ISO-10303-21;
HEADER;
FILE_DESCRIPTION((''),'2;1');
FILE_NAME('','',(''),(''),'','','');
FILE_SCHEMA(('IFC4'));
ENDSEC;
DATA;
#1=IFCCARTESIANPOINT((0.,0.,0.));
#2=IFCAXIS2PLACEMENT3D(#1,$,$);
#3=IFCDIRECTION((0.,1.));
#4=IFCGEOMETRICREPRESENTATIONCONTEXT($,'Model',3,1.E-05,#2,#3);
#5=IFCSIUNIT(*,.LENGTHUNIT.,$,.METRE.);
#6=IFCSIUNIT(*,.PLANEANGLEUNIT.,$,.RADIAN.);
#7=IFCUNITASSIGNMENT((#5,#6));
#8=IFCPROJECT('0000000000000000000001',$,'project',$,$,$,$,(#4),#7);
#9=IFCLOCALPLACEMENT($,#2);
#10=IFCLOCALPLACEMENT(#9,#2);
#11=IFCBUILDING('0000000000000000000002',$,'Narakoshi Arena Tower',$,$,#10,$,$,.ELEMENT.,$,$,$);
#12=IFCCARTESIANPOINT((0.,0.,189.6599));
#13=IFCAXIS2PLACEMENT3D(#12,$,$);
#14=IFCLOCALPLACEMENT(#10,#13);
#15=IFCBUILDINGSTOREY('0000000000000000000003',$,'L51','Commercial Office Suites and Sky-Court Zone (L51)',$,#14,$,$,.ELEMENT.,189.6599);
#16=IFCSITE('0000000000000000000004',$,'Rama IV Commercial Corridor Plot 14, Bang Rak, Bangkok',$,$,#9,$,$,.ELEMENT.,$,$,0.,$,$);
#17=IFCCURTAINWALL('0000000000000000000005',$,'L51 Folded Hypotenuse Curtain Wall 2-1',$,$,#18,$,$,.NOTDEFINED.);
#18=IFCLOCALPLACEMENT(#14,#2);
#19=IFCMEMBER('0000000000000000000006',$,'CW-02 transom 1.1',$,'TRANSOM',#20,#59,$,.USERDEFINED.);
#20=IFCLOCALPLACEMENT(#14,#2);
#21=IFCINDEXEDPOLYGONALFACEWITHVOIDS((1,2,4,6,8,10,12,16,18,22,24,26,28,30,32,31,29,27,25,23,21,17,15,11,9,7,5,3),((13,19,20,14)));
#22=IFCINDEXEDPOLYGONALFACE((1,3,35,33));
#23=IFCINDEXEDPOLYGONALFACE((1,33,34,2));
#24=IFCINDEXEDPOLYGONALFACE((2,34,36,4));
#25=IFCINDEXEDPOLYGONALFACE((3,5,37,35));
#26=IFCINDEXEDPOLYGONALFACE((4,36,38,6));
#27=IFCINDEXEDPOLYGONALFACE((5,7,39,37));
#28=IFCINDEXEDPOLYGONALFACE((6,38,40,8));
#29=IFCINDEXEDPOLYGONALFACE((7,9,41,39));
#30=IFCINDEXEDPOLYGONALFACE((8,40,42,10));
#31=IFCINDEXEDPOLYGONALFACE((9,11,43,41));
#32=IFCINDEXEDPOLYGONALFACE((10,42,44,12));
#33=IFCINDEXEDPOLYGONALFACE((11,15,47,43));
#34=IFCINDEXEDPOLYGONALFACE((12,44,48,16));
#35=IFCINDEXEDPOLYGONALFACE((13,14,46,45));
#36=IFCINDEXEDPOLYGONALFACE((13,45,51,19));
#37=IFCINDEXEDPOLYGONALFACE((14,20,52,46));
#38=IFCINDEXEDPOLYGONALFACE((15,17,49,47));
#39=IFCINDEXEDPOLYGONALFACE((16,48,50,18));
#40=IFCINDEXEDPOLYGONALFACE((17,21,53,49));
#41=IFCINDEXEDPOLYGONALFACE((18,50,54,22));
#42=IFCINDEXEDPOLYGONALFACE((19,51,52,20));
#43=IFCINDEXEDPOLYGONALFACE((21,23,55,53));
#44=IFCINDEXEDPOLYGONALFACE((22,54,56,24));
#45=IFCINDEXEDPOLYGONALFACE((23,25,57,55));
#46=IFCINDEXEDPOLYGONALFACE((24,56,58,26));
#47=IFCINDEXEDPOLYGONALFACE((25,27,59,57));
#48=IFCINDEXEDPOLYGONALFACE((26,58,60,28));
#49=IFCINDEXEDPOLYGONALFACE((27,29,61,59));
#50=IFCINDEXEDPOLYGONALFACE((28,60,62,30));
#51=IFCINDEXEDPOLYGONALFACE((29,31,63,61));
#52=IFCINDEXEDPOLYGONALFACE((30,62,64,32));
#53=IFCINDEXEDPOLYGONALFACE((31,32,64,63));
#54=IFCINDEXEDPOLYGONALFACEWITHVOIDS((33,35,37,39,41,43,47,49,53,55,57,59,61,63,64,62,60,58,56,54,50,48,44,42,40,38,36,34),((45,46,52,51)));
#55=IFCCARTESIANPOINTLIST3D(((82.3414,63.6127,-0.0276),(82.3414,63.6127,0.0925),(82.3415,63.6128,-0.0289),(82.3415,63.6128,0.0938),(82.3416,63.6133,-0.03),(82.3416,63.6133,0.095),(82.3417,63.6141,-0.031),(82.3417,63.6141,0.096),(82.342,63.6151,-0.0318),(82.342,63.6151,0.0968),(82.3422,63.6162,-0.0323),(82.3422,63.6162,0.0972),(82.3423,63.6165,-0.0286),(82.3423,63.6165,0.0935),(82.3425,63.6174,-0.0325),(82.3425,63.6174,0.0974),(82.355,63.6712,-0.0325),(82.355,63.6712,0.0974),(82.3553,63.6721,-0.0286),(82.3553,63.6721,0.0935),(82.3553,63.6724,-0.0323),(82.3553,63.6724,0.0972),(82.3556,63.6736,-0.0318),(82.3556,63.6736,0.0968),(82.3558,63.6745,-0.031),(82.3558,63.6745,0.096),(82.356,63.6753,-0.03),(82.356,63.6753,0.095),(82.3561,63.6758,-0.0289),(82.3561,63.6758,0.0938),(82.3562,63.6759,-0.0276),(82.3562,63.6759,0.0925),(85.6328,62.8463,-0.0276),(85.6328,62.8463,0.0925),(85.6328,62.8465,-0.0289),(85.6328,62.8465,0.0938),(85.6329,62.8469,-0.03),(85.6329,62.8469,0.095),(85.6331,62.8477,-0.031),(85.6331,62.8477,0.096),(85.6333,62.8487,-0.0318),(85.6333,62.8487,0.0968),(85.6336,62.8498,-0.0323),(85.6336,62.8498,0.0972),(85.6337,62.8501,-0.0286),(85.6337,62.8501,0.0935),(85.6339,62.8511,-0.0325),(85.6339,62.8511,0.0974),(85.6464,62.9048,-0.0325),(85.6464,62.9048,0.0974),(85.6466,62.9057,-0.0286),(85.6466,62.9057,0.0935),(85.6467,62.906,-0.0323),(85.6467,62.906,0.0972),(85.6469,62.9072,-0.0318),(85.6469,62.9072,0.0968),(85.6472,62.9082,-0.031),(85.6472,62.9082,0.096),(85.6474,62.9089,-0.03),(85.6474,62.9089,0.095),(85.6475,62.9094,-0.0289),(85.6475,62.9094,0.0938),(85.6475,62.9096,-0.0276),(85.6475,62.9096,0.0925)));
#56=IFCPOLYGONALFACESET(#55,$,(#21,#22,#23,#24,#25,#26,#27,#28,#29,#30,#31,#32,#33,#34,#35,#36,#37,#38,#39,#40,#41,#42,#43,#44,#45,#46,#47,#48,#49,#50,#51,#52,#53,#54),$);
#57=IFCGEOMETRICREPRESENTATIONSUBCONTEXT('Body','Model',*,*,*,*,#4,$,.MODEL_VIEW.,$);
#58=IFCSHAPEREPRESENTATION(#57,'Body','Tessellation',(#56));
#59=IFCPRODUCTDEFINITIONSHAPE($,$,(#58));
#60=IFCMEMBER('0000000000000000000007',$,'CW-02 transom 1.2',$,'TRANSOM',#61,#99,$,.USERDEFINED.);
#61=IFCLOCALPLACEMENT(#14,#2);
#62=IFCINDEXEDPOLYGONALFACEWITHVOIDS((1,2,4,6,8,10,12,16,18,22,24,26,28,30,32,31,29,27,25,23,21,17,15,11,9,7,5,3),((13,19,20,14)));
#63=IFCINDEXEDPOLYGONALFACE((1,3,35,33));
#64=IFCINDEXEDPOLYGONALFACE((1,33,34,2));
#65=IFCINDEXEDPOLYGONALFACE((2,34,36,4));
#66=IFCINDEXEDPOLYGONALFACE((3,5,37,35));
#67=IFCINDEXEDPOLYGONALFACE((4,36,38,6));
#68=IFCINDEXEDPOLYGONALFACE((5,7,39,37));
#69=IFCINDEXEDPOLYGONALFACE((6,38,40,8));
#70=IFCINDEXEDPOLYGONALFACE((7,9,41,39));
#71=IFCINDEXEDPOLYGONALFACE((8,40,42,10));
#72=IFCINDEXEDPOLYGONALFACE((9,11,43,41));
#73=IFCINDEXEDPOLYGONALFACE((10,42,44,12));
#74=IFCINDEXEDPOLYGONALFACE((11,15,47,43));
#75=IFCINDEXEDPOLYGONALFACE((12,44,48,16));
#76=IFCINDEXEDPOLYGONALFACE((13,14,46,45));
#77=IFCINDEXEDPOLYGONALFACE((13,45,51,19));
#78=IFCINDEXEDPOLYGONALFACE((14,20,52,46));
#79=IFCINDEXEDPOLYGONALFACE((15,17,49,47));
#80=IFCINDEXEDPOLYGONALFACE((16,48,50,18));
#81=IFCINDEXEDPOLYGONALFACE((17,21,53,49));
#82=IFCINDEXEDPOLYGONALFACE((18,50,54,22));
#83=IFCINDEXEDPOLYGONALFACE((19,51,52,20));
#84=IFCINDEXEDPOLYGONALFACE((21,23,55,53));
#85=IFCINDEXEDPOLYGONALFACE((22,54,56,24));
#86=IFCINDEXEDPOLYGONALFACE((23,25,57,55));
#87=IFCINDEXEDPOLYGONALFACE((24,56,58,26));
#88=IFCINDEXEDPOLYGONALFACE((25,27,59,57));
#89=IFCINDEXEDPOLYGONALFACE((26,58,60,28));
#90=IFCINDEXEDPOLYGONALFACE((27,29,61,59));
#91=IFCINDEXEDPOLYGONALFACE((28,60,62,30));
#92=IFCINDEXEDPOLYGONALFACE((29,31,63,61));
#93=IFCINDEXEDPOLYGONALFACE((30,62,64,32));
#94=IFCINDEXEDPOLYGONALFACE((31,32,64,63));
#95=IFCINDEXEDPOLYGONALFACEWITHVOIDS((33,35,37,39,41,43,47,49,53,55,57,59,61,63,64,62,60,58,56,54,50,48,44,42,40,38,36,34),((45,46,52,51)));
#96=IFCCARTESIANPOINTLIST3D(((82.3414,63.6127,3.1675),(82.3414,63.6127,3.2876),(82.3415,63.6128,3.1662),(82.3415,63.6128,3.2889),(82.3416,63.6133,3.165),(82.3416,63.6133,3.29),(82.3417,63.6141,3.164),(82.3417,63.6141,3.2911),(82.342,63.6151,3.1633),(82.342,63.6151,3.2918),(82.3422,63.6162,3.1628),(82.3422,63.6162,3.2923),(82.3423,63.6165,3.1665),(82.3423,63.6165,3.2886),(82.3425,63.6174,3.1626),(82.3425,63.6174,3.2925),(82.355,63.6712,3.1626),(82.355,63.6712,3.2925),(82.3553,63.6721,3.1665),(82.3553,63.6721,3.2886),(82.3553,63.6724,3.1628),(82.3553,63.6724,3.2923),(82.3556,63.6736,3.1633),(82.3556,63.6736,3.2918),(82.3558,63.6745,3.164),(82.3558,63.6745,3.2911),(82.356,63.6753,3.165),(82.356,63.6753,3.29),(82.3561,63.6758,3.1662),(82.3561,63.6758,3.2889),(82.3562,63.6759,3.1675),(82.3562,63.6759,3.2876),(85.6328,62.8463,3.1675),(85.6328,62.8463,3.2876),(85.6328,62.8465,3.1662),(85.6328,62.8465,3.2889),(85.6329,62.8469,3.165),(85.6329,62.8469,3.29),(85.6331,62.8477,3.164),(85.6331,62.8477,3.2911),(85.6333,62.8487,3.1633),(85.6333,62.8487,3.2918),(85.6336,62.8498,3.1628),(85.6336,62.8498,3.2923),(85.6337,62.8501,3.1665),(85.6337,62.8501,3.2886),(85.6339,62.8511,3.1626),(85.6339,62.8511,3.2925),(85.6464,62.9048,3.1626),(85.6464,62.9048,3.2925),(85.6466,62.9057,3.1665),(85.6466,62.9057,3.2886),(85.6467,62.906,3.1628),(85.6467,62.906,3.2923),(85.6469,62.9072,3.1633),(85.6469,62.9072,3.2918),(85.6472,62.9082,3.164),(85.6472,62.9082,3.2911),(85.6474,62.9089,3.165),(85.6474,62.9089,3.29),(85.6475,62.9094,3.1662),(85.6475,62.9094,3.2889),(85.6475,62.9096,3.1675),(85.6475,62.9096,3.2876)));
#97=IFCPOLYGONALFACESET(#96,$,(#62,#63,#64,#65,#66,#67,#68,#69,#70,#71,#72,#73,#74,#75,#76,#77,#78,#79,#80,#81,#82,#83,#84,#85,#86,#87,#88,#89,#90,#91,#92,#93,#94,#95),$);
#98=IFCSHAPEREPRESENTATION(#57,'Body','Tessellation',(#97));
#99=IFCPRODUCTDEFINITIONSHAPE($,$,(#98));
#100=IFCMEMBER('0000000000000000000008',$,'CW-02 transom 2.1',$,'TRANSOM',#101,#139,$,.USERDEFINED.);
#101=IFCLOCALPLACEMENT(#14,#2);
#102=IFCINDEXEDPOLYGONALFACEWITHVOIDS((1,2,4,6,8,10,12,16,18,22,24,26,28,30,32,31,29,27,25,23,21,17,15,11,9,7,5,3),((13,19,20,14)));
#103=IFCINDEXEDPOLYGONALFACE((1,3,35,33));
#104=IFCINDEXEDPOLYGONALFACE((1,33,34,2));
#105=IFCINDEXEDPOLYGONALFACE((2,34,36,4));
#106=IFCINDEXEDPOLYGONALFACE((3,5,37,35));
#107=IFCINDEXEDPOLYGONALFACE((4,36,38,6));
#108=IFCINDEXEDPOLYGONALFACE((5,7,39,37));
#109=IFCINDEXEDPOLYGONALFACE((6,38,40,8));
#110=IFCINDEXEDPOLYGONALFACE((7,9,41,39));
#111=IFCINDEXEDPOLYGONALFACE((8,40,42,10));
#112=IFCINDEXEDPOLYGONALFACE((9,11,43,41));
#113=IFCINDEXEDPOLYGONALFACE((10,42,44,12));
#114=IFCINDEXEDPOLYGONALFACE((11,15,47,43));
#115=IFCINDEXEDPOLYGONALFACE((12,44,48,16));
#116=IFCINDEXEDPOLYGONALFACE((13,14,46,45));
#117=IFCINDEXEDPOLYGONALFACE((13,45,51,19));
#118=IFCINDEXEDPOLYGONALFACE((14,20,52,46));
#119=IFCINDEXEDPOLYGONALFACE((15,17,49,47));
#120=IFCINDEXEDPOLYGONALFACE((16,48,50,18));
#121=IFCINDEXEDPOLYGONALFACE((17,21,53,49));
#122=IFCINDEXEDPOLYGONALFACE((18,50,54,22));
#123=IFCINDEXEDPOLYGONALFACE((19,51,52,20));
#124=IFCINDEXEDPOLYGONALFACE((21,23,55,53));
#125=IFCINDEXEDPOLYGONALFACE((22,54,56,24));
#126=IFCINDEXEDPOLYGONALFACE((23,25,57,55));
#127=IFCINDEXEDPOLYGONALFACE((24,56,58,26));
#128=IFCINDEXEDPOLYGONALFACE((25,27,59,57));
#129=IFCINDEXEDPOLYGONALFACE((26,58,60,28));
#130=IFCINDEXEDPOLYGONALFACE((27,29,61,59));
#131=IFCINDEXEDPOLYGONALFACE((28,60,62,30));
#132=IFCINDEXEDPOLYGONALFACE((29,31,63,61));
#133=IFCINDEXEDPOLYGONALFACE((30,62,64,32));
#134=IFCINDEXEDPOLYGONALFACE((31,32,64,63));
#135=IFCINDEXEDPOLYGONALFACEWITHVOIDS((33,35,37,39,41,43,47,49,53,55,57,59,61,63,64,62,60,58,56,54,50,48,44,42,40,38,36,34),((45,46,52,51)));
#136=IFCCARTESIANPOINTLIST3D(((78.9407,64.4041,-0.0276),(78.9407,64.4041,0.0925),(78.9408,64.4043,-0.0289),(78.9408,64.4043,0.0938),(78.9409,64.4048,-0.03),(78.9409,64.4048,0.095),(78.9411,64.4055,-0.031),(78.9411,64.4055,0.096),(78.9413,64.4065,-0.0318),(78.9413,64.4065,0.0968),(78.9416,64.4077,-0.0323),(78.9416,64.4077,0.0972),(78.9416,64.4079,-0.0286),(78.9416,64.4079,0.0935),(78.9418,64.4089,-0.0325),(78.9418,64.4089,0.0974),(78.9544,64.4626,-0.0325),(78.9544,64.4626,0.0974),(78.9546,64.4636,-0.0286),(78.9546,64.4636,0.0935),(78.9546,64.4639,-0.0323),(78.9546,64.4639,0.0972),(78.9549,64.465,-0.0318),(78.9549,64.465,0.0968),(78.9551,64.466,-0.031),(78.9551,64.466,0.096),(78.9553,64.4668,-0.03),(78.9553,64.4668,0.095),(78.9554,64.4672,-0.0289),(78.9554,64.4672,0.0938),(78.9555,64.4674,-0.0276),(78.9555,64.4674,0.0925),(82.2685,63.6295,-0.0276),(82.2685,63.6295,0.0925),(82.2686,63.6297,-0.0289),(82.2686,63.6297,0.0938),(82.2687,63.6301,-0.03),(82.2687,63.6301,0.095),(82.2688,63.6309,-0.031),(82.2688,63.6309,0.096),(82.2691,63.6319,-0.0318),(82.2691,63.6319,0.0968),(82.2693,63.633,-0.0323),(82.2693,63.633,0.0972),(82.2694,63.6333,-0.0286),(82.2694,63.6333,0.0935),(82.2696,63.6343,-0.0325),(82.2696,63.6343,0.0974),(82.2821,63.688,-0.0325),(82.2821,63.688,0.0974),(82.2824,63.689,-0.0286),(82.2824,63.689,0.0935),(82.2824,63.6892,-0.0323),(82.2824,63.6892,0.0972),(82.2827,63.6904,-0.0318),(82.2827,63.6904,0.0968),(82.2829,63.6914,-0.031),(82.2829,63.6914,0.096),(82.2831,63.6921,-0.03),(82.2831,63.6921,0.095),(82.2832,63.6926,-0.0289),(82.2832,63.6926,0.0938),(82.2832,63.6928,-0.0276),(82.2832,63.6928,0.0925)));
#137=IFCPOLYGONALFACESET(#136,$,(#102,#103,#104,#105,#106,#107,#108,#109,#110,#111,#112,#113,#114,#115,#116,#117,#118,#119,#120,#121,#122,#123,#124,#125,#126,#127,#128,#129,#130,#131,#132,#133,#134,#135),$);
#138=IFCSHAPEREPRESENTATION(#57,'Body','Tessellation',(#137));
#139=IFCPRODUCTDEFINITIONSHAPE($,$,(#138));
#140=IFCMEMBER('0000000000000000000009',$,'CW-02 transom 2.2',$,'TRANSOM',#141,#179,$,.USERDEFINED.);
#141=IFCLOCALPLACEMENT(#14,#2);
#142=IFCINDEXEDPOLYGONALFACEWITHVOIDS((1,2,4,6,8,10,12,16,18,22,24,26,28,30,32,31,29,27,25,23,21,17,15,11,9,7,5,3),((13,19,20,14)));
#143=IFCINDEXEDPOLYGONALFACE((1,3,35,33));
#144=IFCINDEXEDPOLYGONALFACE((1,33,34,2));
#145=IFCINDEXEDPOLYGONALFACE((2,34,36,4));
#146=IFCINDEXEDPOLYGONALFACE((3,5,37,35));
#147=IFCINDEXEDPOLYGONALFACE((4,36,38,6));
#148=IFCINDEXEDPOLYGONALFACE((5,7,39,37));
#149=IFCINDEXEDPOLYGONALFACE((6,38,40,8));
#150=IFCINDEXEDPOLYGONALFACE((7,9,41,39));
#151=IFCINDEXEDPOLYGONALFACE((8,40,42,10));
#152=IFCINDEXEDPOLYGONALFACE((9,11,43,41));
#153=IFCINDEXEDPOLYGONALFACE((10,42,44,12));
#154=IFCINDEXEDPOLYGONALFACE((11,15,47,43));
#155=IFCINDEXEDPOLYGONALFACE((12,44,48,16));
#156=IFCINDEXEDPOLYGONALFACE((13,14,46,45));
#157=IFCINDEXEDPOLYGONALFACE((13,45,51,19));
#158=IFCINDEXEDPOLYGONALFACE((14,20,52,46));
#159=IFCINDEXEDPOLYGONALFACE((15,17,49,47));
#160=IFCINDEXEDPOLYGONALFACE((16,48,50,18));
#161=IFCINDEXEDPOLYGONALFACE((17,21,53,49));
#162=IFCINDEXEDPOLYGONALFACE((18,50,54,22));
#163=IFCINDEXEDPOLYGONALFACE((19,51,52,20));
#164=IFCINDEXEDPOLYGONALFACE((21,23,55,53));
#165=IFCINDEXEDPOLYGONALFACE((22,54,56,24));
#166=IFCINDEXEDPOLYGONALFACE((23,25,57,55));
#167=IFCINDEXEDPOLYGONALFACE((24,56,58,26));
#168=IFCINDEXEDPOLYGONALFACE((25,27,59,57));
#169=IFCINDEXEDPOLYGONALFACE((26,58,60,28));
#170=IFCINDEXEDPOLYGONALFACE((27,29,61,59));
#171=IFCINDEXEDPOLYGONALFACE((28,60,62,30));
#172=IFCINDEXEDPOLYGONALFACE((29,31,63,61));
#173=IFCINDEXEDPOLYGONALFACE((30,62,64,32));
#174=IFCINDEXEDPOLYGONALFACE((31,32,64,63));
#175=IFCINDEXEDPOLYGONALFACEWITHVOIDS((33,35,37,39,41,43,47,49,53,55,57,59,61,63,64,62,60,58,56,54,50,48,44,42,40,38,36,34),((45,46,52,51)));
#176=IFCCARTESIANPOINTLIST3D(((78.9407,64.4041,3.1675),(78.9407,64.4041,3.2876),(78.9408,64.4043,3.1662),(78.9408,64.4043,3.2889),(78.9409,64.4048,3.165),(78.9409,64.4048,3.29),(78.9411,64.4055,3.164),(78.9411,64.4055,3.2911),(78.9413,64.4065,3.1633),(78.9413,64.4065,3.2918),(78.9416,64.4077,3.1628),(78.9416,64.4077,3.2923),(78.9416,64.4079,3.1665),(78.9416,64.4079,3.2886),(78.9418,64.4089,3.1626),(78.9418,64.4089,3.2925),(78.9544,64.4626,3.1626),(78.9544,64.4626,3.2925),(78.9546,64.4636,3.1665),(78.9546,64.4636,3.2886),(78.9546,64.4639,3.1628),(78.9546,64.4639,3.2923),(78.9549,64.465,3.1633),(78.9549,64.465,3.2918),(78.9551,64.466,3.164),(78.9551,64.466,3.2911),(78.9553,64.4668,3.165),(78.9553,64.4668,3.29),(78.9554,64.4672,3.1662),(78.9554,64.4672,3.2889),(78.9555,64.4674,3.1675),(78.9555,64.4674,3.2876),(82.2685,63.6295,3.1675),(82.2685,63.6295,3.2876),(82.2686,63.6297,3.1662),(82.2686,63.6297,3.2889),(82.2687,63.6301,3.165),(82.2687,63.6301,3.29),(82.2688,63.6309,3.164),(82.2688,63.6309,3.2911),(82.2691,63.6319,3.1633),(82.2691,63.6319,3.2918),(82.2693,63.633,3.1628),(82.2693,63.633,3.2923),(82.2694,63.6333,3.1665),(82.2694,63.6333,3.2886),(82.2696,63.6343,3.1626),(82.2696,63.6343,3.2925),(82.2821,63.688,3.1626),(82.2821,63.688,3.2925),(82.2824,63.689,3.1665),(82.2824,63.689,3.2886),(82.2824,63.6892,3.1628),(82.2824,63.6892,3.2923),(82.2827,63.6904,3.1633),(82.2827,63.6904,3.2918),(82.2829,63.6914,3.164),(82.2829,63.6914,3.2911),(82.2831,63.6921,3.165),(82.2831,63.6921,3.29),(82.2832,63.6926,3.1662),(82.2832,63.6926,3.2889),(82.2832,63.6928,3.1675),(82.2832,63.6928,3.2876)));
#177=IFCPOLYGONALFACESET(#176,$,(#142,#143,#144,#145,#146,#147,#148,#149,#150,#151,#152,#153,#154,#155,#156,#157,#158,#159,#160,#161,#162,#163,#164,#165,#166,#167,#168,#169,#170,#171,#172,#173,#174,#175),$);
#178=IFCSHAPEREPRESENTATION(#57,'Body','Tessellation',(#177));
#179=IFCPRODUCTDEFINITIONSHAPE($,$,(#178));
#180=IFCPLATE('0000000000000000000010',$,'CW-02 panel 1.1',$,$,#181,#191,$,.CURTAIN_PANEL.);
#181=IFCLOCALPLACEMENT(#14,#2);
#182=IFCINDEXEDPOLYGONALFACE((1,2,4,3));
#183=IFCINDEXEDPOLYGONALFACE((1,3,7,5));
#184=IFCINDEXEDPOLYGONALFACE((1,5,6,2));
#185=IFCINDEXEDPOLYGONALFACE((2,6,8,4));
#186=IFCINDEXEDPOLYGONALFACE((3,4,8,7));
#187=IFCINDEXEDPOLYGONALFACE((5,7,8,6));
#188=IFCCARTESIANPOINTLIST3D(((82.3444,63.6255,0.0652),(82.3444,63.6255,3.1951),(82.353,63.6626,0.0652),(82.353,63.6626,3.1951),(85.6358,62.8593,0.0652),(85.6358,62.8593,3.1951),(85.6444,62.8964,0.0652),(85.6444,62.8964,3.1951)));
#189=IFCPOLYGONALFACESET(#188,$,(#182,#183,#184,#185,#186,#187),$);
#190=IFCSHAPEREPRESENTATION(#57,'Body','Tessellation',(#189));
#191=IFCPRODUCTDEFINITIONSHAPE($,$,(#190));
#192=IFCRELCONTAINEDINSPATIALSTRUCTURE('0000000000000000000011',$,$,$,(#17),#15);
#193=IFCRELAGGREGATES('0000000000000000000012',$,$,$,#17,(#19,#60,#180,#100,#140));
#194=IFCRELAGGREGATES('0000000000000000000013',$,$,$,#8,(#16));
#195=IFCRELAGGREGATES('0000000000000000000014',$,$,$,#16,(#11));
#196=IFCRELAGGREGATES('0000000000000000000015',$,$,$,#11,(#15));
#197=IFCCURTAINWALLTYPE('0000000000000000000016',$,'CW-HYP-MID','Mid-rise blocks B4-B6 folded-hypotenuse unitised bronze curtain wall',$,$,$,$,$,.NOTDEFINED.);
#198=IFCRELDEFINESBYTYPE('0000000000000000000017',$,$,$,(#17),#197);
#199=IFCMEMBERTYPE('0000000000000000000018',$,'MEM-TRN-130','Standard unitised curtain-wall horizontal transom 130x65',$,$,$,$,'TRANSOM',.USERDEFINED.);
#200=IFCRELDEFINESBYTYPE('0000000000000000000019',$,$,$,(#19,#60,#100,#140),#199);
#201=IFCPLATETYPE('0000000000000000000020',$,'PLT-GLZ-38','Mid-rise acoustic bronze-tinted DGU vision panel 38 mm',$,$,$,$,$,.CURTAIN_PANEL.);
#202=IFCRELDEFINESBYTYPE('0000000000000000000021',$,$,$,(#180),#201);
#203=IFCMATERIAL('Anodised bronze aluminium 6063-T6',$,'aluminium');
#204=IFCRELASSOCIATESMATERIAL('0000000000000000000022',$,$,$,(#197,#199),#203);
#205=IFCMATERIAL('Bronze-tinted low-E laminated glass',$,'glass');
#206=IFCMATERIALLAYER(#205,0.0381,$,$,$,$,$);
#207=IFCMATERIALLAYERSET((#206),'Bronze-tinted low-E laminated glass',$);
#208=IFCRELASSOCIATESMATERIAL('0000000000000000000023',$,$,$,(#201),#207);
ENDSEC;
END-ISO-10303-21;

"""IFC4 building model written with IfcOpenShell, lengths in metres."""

from ifc_helpers import new_model, si_unit, direction, frame, origin, origin_2d, place, context, subcontext, project, spatial, rectangle, hollow_rectangle, extrude, material, layer, layer_set, material_profile, profile_set, type_object, element, aggregate, save


model = new_model("IFC4")

# Units and contexts
model_context = context("Model", 3, precision=1e-05, world=origin(), true_north=direction((0.0, 1.0)))
body_context = subcontext(model_context, "Body", "Model", "MODEL_VIEW")
ifc_project = project(units=[si_unit("LENGTHUNIT", "METRE"), si_unit("PLANEANGLEUNIT", "RADIAN")], contexts=[model_context])

# Site, building, storey
site_placement = place(None, origin())
site = spatial("IfcSite", under=ifc_project, at=site_placement, Name="Rama IV Commercial Corridor Plot 14, Bang Rak, Bangkok", CompositionType="ELEMENT", RefElevation=0.0)
building_placement = place(site_placement, origin())
building = spatial("IfcBuilding", under=site, at=building_placement, Name="Narakoshi Arena Tower", CompositionType="ELEMENT")
storey_placement = place(building_placement, frame((0.0, 0.0, 189.6599)))
storey = spatial("IfcBuildingStorey", under=building, at=storey_placement, Name="L51", Description="Commercial Office Suites and Sky-Court Zone (L51)", CompositionType="ELEMENT", Elevation=189.6599)

# Shared definitions
ifc_material_1 = material(Name="Anodised bronze aluminium 6063-T6", Category="aluminium")
curtain_wall_type = type_object("IfcCurtainWallType", Name="CW-HYP-MID", Description="Mid-rise blocks B4-B6 folded-hypotenuse unitised bronze curtain wall", PredefinedType="NOTDEFINED", material=ifc_material_1)

# Curtain wall, members, plate
curtain_wall_1_placement = place(storey_placement, origin())
curtain_wall_1 = element("IfcCurtainWall", 1, at=curtain_wall_1_placement, inside=storey, type_object=curtain_wall_type, Name="L51 Folded Hypotenuse Curtain Wall 2-1", PredefinedType="NOTDEFINED")
ifc_material_profile_1 = material_profile(ifc_material_1, hollow_rectangle(XDim=0.0649, YDim=0.1299, WallThickness=0.0039, OuterFilletRadius=0.0049, at=origin_2d()), Name="TRN130x65x4")
ifc_profile_set_1 = profile_set([ifc_material_profile_1], Name="Anodised bronze aluminium 6063-T6")
member_type_1 = type_object("IfcMemberType", Name="MEM-TRN-130", Description="Standard unitised curtain-wall horizontal transom 130x65", ElementType="TRANSOM", PredefinedType="USERDEFINED", material=ifc_profile_set_1)
member_1_placement = place(storey_placement, frame((85.6401, 62.8779, 0.0325), z_axis=(-0.973946, 0.22678, 0.0), x_axis=(-0.22678, -0.973946, 0.0)))
member_1 = element("IfcMember", 2, at=member_1_placement, type_object=member_type_1, Name="CW-02 transom 1.1", ObjectType="TRANSOM", PredefinedType="USERDEFINED", context=body_context, shape_type="SweptSolid", body=[
    extrude(hollow_rectangle(XDim=0.0649, YDim=0.1299, WallThickness=0.0039, OuterFilletRadius=0.0049, at=origin_2d()), origin(), (0.0, 0.0, 1.0), 3.3794),
])
member_2_placement = place(storey_placement, frame((85.6401, 62.8779, 3.2275), z_axis=(-0.973946, 0.22678, 0.0), x_axis=(-0.22678, -0.973946, 0.0)))
member_2 = element("IfcMember", 3, at=member_2_placement, type_object=member_type_1, Name="CW-02 transom 1.2", ObjectType="TRANSOM", PredefinedType="USERDEFINED", context=body_context, shape_type="SweptSolid", body=[
    extrude(hollow_rectangle(XDim=0.0649, YDim=0.1299, WallThickness=0.0039, OuterFilletRadius=0.0049, at=origin_2d()), origin(), (0.0, 0.0, 1.0), 3.3794),
])
member_3_placement = place(storey_placement, frame((82.2759, 63.6611, 0.0325), z_axis=(-0.973961, 0.226717, 0.0), x_axis=(-0.226717, -0.973961, 0.0)))
member_3 = element("IfcMember", 4, at=member_3_placement, type_object=member_type_1, Name="CW-02 transom 2.1", ObjectType="TRANSOM", PredefinedType="USERDEFINED", context=body_context, shape_type="SweptSolid", body=[
    extrude(hollow_rectangle(XDim=0.0649, YDim=0.1299, WallThickness=0.0039, OuterFilletRadius=0.0049, at=origin_2d()), origin(), (0.0, 0.0, 1.0), 3.4167),
])
member_4_placement = place(storey_placement, frame((82.2759, 63.6611, 3.2275), z_axis=(-0.973961, 0.226717, 0.0), x_axis=(-0.226717, -0.973961, 0.0)))
member_4 = element("IfcMember", 5, at=member_4_placement, type_object=member_type_1, Name="CW-02 transom 2.2", ObjectType="TRANSOM", PredefinedType="USERDEFINED", context=body_context, shape_type="SweptSolid", body=[
    extrude(hollow_rectangle(XDim=0.0649, YDim=0.1299, WallThickness=0.0039, OuterFilletRadius=0.0049, at=origin_2d()), origin(), (0.0, 0.0, 1.0), 3.4167),
])
ifc_material_2 = material(Name="Bronze-tinted low-E laminated glass", Category="glass")
ifc_layer_1 = layer(ifc_material_2, 0.0381)
ifc_layer_set_1 = layer_set([ifc_layer_1], Name="Bronze-tinted low-E laminated glass")
plate_type = type_object("IfcPlateType", Name="PLT-GLZ-38", Description="Mid-rise acoustic bronze-tinted DGU vision panel 38 mm", PredefinedType="CURTAIN_PANEL", material=ifc_layer_set_1)
plate_1_placement = place(storey_placement, frame((83.9944, 63.261, 0.0652), z_axis=(0.0, 0.0, 1.0), x_axis=(-0.97396, 0.226721, 0.0)))
plate_1 = element("IfcPlate", 6, at=plate_1_placement, type_object=plate_type, Name="CW-02 panel 1.1", PredefinedType="CURTAIN_PANEL", context=body_context, shape_type="SweptSolid", body=[
    extrude(rectangle(XDim=3.3794, YDim=0.0381, at=origin_2d()), origin(), (0.0, 0.0, 1.0), 3.1299),
])
aggregate(curtain_wall_1, [member_1, member_2, plate_1, member_3, member_4])

save(model, "model.ifc")
